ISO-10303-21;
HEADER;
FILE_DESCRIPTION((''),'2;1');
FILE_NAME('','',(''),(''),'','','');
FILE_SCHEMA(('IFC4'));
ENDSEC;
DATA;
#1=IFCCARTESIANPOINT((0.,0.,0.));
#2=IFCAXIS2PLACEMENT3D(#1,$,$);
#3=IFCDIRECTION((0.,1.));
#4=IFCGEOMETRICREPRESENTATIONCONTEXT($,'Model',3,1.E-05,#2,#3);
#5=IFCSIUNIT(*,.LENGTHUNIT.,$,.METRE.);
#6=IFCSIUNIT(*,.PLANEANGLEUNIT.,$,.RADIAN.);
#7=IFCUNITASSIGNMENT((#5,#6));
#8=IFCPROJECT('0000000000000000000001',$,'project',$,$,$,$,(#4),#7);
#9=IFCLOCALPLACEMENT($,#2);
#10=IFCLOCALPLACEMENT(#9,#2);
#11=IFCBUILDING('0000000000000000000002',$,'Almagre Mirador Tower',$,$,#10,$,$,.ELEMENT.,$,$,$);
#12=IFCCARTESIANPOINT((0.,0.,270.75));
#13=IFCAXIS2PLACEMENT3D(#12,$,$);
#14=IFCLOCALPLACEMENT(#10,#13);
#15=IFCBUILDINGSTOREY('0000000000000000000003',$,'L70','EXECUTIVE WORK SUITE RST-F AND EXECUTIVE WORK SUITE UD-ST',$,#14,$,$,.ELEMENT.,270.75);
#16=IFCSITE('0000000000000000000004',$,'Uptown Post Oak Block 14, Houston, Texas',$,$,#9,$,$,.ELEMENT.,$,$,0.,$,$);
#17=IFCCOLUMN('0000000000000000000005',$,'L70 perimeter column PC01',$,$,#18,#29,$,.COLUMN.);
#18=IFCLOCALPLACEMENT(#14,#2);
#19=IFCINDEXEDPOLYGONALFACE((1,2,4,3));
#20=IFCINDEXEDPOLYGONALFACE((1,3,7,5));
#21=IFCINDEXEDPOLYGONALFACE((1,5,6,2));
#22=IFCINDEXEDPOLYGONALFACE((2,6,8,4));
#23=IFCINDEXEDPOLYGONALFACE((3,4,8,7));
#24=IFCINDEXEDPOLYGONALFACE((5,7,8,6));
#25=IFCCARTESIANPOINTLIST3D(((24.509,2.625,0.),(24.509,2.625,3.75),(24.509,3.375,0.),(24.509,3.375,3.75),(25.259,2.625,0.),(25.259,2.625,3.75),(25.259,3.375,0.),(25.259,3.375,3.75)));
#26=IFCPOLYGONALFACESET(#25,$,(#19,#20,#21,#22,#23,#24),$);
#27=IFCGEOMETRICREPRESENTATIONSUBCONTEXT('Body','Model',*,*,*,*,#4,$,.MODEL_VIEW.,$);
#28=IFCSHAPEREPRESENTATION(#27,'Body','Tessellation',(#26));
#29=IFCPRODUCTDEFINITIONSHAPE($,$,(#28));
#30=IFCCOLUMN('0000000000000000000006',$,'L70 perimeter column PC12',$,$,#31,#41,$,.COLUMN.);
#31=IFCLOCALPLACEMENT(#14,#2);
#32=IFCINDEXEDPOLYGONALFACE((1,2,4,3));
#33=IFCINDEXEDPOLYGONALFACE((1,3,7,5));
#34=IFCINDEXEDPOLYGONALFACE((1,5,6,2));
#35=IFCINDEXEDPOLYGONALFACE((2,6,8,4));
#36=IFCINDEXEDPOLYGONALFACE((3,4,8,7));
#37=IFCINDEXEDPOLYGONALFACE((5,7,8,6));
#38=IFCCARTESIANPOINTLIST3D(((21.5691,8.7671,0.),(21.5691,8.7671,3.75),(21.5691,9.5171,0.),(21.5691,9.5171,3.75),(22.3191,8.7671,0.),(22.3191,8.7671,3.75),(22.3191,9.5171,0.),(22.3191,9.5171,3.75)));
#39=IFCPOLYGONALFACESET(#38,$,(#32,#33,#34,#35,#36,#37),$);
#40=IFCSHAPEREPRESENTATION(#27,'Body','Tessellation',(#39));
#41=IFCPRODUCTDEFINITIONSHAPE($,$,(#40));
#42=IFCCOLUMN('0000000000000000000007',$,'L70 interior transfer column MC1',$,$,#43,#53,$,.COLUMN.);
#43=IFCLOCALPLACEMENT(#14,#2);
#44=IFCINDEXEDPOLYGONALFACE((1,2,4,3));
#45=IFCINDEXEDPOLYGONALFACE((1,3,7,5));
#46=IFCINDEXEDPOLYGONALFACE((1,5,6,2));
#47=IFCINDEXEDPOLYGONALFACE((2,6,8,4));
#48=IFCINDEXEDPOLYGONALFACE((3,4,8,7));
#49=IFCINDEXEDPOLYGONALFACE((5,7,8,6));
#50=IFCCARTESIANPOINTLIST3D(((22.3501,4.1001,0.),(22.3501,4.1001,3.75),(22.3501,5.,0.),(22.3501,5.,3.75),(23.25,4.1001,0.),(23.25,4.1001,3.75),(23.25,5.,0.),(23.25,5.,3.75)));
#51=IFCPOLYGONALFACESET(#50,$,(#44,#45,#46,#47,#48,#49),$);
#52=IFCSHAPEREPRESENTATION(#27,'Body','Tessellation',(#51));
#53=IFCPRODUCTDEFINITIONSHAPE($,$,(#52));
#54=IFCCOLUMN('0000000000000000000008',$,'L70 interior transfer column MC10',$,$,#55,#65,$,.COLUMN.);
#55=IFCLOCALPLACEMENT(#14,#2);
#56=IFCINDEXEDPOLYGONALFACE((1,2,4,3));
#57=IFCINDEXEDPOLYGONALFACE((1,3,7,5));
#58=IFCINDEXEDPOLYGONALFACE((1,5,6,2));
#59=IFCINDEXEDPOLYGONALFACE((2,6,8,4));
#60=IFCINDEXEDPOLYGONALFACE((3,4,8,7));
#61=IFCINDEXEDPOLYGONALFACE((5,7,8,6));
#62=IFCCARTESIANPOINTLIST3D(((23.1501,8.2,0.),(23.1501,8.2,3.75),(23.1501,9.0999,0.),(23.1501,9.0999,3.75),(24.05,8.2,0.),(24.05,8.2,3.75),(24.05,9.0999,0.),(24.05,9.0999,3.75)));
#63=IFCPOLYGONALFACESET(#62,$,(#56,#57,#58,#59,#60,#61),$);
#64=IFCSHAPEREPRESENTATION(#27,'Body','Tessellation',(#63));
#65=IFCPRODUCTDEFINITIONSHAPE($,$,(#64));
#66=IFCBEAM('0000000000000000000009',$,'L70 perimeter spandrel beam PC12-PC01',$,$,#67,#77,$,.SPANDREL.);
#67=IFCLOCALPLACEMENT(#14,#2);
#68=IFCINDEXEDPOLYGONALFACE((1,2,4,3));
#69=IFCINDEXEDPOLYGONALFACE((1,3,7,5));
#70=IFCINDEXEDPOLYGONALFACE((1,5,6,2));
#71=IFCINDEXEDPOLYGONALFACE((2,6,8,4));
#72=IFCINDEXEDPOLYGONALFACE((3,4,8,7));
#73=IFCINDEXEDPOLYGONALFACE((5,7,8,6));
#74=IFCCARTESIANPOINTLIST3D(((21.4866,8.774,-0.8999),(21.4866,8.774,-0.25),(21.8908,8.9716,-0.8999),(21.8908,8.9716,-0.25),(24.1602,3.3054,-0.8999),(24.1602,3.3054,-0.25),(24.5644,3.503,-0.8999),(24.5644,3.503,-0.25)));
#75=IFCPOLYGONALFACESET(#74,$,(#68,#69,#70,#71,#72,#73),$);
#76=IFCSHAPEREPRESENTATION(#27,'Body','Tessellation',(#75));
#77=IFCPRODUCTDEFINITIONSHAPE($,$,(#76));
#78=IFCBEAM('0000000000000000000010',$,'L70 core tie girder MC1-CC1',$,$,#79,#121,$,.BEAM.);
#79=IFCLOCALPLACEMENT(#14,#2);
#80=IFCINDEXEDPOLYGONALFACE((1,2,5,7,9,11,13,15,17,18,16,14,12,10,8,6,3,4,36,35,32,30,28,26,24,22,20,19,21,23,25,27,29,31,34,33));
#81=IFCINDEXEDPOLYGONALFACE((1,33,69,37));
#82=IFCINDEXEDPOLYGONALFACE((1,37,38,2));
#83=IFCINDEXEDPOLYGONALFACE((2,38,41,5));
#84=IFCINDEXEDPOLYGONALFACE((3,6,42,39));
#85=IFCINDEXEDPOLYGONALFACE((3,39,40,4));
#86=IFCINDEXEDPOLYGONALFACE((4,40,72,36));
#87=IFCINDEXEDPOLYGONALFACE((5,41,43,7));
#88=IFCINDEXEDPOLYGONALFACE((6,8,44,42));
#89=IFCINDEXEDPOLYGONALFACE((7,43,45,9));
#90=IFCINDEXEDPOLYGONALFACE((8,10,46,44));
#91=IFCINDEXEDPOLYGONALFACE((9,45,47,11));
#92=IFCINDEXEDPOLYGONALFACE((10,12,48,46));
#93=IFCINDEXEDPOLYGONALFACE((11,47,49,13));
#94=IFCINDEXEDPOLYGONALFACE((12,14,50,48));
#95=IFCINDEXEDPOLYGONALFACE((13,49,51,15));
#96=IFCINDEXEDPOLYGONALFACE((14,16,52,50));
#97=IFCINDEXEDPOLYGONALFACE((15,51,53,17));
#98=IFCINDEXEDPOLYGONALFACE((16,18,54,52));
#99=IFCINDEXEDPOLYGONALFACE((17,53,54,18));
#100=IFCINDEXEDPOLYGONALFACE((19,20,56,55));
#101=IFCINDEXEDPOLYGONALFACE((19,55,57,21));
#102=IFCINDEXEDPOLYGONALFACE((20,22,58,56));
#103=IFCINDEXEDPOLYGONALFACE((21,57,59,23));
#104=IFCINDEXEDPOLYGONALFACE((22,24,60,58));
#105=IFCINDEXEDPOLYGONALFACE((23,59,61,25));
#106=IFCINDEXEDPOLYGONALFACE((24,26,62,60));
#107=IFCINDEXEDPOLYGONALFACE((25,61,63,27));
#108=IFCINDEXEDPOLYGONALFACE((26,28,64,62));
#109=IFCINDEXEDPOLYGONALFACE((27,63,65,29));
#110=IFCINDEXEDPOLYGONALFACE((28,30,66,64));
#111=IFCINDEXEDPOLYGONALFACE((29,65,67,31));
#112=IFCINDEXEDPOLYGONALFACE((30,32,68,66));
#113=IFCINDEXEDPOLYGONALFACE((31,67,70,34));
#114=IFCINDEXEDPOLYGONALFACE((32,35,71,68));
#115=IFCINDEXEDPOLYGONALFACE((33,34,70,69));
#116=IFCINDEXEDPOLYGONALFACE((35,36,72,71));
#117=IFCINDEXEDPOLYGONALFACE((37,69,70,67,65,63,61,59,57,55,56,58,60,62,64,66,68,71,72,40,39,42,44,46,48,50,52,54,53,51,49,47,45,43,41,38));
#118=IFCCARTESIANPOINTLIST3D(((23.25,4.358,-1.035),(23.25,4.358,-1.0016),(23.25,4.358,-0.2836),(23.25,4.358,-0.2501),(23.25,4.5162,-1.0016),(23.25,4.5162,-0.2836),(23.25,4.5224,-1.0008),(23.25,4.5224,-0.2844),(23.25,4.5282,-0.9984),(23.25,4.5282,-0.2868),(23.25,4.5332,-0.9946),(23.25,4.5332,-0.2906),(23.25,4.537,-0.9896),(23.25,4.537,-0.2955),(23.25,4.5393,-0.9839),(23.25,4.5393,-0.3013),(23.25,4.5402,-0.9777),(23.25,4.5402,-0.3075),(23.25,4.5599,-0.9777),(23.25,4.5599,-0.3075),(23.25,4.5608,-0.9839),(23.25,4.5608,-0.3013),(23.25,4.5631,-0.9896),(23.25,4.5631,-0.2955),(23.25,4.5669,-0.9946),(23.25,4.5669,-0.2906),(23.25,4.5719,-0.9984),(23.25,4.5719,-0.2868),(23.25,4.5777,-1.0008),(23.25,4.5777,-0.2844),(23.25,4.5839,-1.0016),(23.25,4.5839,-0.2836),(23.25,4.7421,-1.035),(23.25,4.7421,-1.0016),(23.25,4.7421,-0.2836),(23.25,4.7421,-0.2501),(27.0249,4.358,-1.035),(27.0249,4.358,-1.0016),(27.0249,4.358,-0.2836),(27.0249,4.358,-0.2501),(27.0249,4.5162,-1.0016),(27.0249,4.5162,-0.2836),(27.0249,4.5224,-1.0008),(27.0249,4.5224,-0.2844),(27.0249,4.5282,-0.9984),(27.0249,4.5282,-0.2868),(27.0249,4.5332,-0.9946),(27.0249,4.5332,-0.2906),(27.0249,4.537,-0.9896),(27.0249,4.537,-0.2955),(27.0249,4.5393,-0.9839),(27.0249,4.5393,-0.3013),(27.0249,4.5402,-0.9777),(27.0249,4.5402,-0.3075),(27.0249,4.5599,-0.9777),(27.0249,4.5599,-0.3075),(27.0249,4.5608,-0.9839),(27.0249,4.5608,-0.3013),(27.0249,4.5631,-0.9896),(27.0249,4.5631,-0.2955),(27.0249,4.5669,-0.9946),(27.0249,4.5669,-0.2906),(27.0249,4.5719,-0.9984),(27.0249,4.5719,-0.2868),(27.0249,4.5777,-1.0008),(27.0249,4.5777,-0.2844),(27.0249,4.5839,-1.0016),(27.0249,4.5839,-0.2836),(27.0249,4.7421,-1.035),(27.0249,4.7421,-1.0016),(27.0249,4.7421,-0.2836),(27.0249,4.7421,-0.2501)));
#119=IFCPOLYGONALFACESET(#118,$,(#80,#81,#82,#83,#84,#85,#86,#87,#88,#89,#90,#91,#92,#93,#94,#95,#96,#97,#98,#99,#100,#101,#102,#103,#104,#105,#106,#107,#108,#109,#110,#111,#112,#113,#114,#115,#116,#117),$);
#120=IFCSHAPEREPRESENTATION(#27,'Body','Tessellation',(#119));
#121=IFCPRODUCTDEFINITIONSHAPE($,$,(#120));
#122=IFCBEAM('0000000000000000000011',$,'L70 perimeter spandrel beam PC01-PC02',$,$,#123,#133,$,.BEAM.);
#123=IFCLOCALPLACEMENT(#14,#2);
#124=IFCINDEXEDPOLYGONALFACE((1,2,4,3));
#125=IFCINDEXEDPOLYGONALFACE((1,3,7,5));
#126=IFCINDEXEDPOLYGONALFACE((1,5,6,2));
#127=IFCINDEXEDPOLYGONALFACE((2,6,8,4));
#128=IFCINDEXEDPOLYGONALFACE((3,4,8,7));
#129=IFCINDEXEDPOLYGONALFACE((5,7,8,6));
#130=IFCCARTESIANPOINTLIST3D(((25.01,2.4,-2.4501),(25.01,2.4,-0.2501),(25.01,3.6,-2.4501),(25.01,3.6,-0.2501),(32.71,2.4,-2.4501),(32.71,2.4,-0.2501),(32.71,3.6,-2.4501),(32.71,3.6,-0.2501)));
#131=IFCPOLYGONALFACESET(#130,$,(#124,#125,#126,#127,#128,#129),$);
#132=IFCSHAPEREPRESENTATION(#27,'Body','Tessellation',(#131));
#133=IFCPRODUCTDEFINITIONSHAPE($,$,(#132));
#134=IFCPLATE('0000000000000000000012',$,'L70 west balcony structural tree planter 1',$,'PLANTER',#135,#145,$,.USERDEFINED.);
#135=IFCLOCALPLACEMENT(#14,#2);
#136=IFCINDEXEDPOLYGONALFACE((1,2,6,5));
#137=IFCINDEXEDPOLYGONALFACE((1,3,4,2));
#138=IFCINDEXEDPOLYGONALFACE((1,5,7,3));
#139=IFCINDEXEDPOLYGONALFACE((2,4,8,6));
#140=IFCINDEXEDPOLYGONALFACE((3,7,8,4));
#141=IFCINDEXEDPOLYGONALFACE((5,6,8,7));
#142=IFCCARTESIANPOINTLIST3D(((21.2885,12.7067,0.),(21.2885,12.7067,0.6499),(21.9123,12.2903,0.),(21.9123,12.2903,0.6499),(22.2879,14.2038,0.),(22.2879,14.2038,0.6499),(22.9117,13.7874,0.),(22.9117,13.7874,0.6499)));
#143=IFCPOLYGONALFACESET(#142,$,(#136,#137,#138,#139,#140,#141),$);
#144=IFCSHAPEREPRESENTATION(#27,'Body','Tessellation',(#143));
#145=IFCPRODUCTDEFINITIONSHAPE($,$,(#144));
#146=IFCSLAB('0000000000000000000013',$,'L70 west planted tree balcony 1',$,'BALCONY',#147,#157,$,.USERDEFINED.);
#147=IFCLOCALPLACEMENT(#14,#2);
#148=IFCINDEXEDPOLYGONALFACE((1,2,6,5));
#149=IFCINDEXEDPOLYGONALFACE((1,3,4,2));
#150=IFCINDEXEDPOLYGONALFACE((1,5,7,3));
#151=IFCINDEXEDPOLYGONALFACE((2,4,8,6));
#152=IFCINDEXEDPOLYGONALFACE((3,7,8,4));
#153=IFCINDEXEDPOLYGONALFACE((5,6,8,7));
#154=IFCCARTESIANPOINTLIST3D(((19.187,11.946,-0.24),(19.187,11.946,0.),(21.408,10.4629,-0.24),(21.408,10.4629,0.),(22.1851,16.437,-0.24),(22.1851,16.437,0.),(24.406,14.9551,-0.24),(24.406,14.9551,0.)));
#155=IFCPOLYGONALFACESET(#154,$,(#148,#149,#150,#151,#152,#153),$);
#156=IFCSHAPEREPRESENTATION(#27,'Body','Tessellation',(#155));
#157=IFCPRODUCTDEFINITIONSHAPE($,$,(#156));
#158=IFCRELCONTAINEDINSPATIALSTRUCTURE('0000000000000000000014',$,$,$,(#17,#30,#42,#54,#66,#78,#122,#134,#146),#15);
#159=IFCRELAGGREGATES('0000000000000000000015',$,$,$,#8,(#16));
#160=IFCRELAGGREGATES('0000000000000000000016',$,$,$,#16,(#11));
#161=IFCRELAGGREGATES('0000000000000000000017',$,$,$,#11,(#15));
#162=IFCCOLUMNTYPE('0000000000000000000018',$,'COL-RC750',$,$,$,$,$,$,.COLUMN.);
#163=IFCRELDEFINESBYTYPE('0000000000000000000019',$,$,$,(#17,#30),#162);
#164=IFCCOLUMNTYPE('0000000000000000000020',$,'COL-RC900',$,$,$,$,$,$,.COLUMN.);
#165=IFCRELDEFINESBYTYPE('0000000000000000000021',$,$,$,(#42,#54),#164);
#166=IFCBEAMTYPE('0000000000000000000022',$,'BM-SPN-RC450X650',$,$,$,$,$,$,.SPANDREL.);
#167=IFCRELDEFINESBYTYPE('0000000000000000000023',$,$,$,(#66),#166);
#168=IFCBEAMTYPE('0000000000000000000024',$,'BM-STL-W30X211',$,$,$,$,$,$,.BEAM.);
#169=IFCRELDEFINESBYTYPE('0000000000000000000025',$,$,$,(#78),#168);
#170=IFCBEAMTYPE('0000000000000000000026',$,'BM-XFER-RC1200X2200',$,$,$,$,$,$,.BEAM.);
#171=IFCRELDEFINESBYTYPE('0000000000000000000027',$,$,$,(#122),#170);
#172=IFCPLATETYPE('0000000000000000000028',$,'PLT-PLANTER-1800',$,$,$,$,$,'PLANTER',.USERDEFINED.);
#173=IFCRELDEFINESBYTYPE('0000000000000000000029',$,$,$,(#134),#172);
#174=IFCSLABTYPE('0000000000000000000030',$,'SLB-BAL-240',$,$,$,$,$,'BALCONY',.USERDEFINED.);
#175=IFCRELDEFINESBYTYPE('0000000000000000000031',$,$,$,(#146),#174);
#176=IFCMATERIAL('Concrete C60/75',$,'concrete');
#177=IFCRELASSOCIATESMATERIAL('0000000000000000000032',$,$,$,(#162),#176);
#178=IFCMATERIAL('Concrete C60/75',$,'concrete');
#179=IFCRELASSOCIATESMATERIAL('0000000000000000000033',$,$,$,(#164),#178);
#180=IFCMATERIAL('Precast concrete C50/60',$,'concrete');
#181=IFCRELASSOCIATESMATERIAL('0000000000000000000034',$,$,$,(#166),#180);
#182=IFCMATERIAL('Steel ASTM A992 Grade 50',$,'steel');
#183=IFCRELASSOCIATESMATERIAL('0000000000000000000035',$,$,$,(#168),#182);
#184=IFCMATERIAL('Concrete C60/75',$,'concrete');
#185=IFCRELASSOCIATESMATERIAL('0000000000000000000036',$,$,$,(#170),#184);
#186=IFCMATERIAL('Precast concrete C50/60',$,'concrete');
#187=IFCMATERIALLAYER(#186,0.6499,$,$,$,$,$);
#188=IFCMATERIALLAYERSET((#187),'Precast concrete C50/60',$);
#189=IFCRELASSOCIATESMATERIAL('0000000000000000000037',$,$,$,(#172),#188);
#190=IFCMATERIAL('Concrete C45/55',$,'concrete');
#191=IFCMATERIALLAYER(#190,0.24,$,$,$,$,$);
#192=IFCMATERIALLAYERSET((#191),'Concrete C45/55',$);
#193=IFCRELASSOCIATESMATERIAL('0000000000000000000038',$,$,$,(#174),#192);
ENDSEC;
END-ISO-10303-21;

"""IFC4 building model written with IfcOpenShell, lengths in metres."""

from ifc_helpers import new_model, si_unit, direction, frame, origin, origin_2d, place, context, subcontext, project, spatial, polyline, rectangle, i_section, outline, extrude, material, layer, layer_set, material_profile, profile_set, type_object, element, save


model = new_model("IFC4")

# Units and contexts
model_context = context("Model", 3, precision=1e-05, world=origin(), true_north=direction((0.0, 1.0)))
body_context = subcontext(model_context, "Body", "Model", "MODEL_VIEW")
ifc_project = project(units=[si_unit("LENGTHUNIT", "METRE"), si_unit("PLANEANGLEUNIT", "RADIAN")], contexts=[model_context])

# Site, building, storey
site_placement = place(None, origin())
site = spatial("IfcSite", under=ifc_project, at=site_placement, Name="Uptown Post Oak Block 14, Houston, Texas", CompositionType="ELEMENT", RefElevation=0.0)
building_placement = place(site_placement, origin())
building = spatial("IfcBuilding", under=site, at=building_placement, Name="Almagre Mirador Tower", CompositionType="ELEMENT")
storey_placement = place(building_placement, frame((0.0, 0.0, 270.75)))
storey = spatial("IfcBuildingStorey", under=building, at=storey_placement, Name="L70", Description="EXECUTIVE WORK SUITE RST-F AND EXECUTIVE WORK SUITE UD-ST", CompositionType="ELEMENT", Elevation=270.75)

# Columns
ifc_material_1 = material(Name="Concrete C60/75", Category="concrete")
ifc_material_profile_1 = material_profile(ifc_material_1, rectangle(XDim=0.75, YDim=0.75, at=origin_2d()), Name="RC750X750")
ifc_profile_set_1 = profile_set([ifc_material_profile_1], Name="Concrete C60/75")
column_type_1 = type_object("IfcColumnType", Name="COL-RC750", PredefinedType="COLUMN", material=ifc_profile_set_1)
for number, where, z_axis, x_axis, name in (
    (1, (24.884, 3.0, 0.0), (0.0, 0.0, 1.0), (1.0, 0.0, 0.0), "L70 perimeter column PC01"),
    (2, (21.9441, 9.1421, 0.0), (0.0, 0.0, 1.0), (1.0, 0.0, 0.0), "L70 perimeter column PC12"),
):
    element("IfcColumn", number, at=place(storey_placement, frame(where, z_axis=z_axis, x_axis=x_axis)), inside=storey, type_object=column_type_1, Name=name, PredefinedType="COLUMN", context=body_context, shape_type="SweptSolid", body=[
        extrude(rectangle(XDim=0.75, YDim=0.75, at=origin_2d()), origin(), (0.0, 0.0, 1.0), 3.75),
    ])
ifc_material_2 = material(Name="Concrete C60/75", Category="concrete")
ifc_material_profile_2 = material_profile(ifc_material_2, rectangle(XDim=0.8999, YDim=0.8999, at=origin_2d()), Name="RC900X900")
ifc_profile_set_2 = profile_set([ifc_material_profile_2], Name="Concrete C60/75")
column_type_2 = type_object("IfcColumnType", Name="COL-RC900", PredefinedType="COLUMN", material=ifc_profile_set_2)
for number, where, z_axis, x_axis, name in (
    (3, (22.8, 4.55, 0.0), (0.0, 0.0, 1.0), (1.0, 0.0, 0.0), "L70 interior transfer column MC1"),
    (4, (23.6001, 8.6499, 0.0), (0.0, 0.0, 1.0), (1.0, 0.0, 0.0), "L70 interior transfer column MC10"),
):
    element("IfcColumn", number, at=place(storey_placement, frame(where, z_axis=z_axis, x_axis=x_axis)), inside=storey, type_object=column_type_2, Name=name, PredefinedType="COLUMN", context=body_context, shape_type="SweptSolid", body=[
        extrude(rectangle(XDim=0.8999, YDim=0.8999, at=origin_2d()), origin(), (0.0, 0.0, 1.0), 3.75),
    ])

# Beams
ifc_material_3 = material(Name="Precast concrete C50/60", Category="concrete")
ifc_material_profile_3 = material_profile(ifc_material_3, rectangle(XDim=0.45, YDim=0.6499, at=origin_2d()), Name="RC450X650")
ifc_profile_set_3 = profile_set([ifc_material_profile_3], Name="Precast concrete C50/60")
beam_type_1 = type_object("IfcBeamType", Name="BM-SPN-RC450X650", PredefinedType="SPANDREL", material=ifc_profile_set_3)
beam_1_placement = place(storey_placement, frame((21.6887, 8.8728, -0.575), z_axis=(0.439222, -0.898378, 0.0), x_axis=(0.898378, 0.439222, 0.0)))
element("IfcBeam", 5, at=beam_1_placement, inside=storey, type_object=beam_type_1, Name="L70 perimeter spandrel beam PC12-PC01", PredefinedType="SPANDREL", context=body_context, shape_type="SweptSolid", body=[
    extrude(rectangle(XDim=0.45, YDim=0.6499, at=origin_2d()), origin(), (0.0, 0.0, 1.0), 6.0872),
])
ifc_material_4 = material(Name="Steel ASTM A992 Grade 50", Category="steel")
ifc_material_profile_4 = material_profile(ifc_material_4, i_section(OverallWidth=0.384, OverallDepth=0.7849, WebThickness=0.0198, FlangeThickness=0.0334, FilletRadius=0.0239, at=origin_2d()), Name="W30X211")
ifc_profile_set_4 = profile_set([ifc_material_profile_4], Name="Steel ASTM A992 Grade 50")
beam_type_2 = type_object("IfcBeamType", Name="BM-STL-W30X211", PredefinedType="BEAM", material=ifc_profile_set_4)
beam_2_placement = place(storey_placement, frame((23.25, 4.55, -0.6426), z_axis=(1.0, 0.0, 0.0), x_axis=(0.0, 1.0, 0.0)))
element("IfcBeam", 6, at=beam_2_placement, inside=storey, type_object=beam_type_2, Name="L70 core tie girder MC1-CC1", PredefinedType="BEAM", context=body_context, shape_type="SweptSolid", body=[
    extrude(i_section(OverallWidth=0.384, OverallDepth=0.7849, WebThickness=0.0198, FlangeThickness=0.0334, FilletRadius=0.0239, at=origin_2d()), origin(), (0.0, 0.0, 1.0), 3.7749),
])
ifc_material_5 = material(Name="Concrete C60/75", Category="concrete")
ifc_material_profile_5 = material_profile(ifc_material_5, rectangle(XDim=1.2, YDim=2.2, at=origin_2d()), Name="RC1200X2200")
ifc_profile_set_5 = profile_set([ifc_material_profile_5], Name="Concrete C60/75")
beam_type_3 = type_object("IfcBeamType", Name="BM-XFER-RC1200X2200", PredefinedType="BEAM", material=ifc_profile_set_5)
beam_3_placement = place(storey_placement, frame((25.01, 3.0, -1.3501), z_axis=(1.0, 0.0, 0.0), x_axis=(0.0, 1.0, 0.0)))
element("IfcBeam", 7, at=beam_3_placement, inside=storey, type_object=beam_type_3, Name="L70 perimeter spandrel beam PC01-PC02", PredefinedType="BEAM", context=body_context, shape_type="SweptSolid", body=[
    extrude(rectangle(XDim=1.2, YDim=2.2, at=origin_2d()), origin(), (0.0, 0.0, 1.0), 7.7),
])

# Plate
ifc_material_6 = material(Name="Precast concrete C50/60", Category="concrete")
ifc_layer_1 = layer(ifc_material_6, 0.6499)
ifc_layer_set_1 = layer_set([ifc_layer_1], Name="Precast concrete C50/60")
plate_type = type_object("IfcPlateType", Name="PLT-PLANTER-1800", ElementType="PLANTER", PredefinedType="USERDEFINED", material=ifc_layer_set_1)
plate_placement = place(storey_placement, frame((22.1001, 13.2471, 0.0), z_axis=(0.0, 0.0, 1.0), x_axis=(-0.555222, -0.831702, 0.0)))
element("IfcPlate", 8, at=plate_placement, inside=storey, type_object=plate_type, Name="L70 west balcony structural tree planter 1", ObjectType="PLANTER", PredefinedType="USERDEFINED", context=body_context, shape_type="SweptSolid", body=[
    extrude(rectangle(XDim=1.8, YDim=0.75, at=origin_2d()), origin(), (0.0, 0.0, 1.0), 0.6499),
])

# Slab
ifc_material_7 = material(Name="Concrete C45/55", Category="concrete")
ifc_layer_2 = layer(ifc_material_7, 0.24)
ifc_layer_set_2 = layer_set([ifc_layer_2], Name="Concrete C45/55")
slab_type_1 = type_object("IfcSlabType", Name="SLB-BAL-240", ElementType="BALCONY", PredefinedType="USERDEFINED", material=ifc_layer_set_2)
slab_1_placement = place(storey_placement, frame((0.0, 0.0, -0.24)))
element("IfcSlab", 9, at=slab_1_placement, inside=storey, type_object=slab_type_1, Name="L70 west planted tree balcony 1", ObjectType="BALCONY", PredefinedType="USERDEFINED", context=body_context, shape_type="SweptSolid", body=[
    extrude(outline(polyline([(24.406, 14.9551), (21.408, 10.4629), (19.187, 11.946), (22.1851, 16.437), (24.406, 14.9551)])), origin(), (0.0, 0.0, 1.0), 0.24),
])

save(model, "model.ifc")
